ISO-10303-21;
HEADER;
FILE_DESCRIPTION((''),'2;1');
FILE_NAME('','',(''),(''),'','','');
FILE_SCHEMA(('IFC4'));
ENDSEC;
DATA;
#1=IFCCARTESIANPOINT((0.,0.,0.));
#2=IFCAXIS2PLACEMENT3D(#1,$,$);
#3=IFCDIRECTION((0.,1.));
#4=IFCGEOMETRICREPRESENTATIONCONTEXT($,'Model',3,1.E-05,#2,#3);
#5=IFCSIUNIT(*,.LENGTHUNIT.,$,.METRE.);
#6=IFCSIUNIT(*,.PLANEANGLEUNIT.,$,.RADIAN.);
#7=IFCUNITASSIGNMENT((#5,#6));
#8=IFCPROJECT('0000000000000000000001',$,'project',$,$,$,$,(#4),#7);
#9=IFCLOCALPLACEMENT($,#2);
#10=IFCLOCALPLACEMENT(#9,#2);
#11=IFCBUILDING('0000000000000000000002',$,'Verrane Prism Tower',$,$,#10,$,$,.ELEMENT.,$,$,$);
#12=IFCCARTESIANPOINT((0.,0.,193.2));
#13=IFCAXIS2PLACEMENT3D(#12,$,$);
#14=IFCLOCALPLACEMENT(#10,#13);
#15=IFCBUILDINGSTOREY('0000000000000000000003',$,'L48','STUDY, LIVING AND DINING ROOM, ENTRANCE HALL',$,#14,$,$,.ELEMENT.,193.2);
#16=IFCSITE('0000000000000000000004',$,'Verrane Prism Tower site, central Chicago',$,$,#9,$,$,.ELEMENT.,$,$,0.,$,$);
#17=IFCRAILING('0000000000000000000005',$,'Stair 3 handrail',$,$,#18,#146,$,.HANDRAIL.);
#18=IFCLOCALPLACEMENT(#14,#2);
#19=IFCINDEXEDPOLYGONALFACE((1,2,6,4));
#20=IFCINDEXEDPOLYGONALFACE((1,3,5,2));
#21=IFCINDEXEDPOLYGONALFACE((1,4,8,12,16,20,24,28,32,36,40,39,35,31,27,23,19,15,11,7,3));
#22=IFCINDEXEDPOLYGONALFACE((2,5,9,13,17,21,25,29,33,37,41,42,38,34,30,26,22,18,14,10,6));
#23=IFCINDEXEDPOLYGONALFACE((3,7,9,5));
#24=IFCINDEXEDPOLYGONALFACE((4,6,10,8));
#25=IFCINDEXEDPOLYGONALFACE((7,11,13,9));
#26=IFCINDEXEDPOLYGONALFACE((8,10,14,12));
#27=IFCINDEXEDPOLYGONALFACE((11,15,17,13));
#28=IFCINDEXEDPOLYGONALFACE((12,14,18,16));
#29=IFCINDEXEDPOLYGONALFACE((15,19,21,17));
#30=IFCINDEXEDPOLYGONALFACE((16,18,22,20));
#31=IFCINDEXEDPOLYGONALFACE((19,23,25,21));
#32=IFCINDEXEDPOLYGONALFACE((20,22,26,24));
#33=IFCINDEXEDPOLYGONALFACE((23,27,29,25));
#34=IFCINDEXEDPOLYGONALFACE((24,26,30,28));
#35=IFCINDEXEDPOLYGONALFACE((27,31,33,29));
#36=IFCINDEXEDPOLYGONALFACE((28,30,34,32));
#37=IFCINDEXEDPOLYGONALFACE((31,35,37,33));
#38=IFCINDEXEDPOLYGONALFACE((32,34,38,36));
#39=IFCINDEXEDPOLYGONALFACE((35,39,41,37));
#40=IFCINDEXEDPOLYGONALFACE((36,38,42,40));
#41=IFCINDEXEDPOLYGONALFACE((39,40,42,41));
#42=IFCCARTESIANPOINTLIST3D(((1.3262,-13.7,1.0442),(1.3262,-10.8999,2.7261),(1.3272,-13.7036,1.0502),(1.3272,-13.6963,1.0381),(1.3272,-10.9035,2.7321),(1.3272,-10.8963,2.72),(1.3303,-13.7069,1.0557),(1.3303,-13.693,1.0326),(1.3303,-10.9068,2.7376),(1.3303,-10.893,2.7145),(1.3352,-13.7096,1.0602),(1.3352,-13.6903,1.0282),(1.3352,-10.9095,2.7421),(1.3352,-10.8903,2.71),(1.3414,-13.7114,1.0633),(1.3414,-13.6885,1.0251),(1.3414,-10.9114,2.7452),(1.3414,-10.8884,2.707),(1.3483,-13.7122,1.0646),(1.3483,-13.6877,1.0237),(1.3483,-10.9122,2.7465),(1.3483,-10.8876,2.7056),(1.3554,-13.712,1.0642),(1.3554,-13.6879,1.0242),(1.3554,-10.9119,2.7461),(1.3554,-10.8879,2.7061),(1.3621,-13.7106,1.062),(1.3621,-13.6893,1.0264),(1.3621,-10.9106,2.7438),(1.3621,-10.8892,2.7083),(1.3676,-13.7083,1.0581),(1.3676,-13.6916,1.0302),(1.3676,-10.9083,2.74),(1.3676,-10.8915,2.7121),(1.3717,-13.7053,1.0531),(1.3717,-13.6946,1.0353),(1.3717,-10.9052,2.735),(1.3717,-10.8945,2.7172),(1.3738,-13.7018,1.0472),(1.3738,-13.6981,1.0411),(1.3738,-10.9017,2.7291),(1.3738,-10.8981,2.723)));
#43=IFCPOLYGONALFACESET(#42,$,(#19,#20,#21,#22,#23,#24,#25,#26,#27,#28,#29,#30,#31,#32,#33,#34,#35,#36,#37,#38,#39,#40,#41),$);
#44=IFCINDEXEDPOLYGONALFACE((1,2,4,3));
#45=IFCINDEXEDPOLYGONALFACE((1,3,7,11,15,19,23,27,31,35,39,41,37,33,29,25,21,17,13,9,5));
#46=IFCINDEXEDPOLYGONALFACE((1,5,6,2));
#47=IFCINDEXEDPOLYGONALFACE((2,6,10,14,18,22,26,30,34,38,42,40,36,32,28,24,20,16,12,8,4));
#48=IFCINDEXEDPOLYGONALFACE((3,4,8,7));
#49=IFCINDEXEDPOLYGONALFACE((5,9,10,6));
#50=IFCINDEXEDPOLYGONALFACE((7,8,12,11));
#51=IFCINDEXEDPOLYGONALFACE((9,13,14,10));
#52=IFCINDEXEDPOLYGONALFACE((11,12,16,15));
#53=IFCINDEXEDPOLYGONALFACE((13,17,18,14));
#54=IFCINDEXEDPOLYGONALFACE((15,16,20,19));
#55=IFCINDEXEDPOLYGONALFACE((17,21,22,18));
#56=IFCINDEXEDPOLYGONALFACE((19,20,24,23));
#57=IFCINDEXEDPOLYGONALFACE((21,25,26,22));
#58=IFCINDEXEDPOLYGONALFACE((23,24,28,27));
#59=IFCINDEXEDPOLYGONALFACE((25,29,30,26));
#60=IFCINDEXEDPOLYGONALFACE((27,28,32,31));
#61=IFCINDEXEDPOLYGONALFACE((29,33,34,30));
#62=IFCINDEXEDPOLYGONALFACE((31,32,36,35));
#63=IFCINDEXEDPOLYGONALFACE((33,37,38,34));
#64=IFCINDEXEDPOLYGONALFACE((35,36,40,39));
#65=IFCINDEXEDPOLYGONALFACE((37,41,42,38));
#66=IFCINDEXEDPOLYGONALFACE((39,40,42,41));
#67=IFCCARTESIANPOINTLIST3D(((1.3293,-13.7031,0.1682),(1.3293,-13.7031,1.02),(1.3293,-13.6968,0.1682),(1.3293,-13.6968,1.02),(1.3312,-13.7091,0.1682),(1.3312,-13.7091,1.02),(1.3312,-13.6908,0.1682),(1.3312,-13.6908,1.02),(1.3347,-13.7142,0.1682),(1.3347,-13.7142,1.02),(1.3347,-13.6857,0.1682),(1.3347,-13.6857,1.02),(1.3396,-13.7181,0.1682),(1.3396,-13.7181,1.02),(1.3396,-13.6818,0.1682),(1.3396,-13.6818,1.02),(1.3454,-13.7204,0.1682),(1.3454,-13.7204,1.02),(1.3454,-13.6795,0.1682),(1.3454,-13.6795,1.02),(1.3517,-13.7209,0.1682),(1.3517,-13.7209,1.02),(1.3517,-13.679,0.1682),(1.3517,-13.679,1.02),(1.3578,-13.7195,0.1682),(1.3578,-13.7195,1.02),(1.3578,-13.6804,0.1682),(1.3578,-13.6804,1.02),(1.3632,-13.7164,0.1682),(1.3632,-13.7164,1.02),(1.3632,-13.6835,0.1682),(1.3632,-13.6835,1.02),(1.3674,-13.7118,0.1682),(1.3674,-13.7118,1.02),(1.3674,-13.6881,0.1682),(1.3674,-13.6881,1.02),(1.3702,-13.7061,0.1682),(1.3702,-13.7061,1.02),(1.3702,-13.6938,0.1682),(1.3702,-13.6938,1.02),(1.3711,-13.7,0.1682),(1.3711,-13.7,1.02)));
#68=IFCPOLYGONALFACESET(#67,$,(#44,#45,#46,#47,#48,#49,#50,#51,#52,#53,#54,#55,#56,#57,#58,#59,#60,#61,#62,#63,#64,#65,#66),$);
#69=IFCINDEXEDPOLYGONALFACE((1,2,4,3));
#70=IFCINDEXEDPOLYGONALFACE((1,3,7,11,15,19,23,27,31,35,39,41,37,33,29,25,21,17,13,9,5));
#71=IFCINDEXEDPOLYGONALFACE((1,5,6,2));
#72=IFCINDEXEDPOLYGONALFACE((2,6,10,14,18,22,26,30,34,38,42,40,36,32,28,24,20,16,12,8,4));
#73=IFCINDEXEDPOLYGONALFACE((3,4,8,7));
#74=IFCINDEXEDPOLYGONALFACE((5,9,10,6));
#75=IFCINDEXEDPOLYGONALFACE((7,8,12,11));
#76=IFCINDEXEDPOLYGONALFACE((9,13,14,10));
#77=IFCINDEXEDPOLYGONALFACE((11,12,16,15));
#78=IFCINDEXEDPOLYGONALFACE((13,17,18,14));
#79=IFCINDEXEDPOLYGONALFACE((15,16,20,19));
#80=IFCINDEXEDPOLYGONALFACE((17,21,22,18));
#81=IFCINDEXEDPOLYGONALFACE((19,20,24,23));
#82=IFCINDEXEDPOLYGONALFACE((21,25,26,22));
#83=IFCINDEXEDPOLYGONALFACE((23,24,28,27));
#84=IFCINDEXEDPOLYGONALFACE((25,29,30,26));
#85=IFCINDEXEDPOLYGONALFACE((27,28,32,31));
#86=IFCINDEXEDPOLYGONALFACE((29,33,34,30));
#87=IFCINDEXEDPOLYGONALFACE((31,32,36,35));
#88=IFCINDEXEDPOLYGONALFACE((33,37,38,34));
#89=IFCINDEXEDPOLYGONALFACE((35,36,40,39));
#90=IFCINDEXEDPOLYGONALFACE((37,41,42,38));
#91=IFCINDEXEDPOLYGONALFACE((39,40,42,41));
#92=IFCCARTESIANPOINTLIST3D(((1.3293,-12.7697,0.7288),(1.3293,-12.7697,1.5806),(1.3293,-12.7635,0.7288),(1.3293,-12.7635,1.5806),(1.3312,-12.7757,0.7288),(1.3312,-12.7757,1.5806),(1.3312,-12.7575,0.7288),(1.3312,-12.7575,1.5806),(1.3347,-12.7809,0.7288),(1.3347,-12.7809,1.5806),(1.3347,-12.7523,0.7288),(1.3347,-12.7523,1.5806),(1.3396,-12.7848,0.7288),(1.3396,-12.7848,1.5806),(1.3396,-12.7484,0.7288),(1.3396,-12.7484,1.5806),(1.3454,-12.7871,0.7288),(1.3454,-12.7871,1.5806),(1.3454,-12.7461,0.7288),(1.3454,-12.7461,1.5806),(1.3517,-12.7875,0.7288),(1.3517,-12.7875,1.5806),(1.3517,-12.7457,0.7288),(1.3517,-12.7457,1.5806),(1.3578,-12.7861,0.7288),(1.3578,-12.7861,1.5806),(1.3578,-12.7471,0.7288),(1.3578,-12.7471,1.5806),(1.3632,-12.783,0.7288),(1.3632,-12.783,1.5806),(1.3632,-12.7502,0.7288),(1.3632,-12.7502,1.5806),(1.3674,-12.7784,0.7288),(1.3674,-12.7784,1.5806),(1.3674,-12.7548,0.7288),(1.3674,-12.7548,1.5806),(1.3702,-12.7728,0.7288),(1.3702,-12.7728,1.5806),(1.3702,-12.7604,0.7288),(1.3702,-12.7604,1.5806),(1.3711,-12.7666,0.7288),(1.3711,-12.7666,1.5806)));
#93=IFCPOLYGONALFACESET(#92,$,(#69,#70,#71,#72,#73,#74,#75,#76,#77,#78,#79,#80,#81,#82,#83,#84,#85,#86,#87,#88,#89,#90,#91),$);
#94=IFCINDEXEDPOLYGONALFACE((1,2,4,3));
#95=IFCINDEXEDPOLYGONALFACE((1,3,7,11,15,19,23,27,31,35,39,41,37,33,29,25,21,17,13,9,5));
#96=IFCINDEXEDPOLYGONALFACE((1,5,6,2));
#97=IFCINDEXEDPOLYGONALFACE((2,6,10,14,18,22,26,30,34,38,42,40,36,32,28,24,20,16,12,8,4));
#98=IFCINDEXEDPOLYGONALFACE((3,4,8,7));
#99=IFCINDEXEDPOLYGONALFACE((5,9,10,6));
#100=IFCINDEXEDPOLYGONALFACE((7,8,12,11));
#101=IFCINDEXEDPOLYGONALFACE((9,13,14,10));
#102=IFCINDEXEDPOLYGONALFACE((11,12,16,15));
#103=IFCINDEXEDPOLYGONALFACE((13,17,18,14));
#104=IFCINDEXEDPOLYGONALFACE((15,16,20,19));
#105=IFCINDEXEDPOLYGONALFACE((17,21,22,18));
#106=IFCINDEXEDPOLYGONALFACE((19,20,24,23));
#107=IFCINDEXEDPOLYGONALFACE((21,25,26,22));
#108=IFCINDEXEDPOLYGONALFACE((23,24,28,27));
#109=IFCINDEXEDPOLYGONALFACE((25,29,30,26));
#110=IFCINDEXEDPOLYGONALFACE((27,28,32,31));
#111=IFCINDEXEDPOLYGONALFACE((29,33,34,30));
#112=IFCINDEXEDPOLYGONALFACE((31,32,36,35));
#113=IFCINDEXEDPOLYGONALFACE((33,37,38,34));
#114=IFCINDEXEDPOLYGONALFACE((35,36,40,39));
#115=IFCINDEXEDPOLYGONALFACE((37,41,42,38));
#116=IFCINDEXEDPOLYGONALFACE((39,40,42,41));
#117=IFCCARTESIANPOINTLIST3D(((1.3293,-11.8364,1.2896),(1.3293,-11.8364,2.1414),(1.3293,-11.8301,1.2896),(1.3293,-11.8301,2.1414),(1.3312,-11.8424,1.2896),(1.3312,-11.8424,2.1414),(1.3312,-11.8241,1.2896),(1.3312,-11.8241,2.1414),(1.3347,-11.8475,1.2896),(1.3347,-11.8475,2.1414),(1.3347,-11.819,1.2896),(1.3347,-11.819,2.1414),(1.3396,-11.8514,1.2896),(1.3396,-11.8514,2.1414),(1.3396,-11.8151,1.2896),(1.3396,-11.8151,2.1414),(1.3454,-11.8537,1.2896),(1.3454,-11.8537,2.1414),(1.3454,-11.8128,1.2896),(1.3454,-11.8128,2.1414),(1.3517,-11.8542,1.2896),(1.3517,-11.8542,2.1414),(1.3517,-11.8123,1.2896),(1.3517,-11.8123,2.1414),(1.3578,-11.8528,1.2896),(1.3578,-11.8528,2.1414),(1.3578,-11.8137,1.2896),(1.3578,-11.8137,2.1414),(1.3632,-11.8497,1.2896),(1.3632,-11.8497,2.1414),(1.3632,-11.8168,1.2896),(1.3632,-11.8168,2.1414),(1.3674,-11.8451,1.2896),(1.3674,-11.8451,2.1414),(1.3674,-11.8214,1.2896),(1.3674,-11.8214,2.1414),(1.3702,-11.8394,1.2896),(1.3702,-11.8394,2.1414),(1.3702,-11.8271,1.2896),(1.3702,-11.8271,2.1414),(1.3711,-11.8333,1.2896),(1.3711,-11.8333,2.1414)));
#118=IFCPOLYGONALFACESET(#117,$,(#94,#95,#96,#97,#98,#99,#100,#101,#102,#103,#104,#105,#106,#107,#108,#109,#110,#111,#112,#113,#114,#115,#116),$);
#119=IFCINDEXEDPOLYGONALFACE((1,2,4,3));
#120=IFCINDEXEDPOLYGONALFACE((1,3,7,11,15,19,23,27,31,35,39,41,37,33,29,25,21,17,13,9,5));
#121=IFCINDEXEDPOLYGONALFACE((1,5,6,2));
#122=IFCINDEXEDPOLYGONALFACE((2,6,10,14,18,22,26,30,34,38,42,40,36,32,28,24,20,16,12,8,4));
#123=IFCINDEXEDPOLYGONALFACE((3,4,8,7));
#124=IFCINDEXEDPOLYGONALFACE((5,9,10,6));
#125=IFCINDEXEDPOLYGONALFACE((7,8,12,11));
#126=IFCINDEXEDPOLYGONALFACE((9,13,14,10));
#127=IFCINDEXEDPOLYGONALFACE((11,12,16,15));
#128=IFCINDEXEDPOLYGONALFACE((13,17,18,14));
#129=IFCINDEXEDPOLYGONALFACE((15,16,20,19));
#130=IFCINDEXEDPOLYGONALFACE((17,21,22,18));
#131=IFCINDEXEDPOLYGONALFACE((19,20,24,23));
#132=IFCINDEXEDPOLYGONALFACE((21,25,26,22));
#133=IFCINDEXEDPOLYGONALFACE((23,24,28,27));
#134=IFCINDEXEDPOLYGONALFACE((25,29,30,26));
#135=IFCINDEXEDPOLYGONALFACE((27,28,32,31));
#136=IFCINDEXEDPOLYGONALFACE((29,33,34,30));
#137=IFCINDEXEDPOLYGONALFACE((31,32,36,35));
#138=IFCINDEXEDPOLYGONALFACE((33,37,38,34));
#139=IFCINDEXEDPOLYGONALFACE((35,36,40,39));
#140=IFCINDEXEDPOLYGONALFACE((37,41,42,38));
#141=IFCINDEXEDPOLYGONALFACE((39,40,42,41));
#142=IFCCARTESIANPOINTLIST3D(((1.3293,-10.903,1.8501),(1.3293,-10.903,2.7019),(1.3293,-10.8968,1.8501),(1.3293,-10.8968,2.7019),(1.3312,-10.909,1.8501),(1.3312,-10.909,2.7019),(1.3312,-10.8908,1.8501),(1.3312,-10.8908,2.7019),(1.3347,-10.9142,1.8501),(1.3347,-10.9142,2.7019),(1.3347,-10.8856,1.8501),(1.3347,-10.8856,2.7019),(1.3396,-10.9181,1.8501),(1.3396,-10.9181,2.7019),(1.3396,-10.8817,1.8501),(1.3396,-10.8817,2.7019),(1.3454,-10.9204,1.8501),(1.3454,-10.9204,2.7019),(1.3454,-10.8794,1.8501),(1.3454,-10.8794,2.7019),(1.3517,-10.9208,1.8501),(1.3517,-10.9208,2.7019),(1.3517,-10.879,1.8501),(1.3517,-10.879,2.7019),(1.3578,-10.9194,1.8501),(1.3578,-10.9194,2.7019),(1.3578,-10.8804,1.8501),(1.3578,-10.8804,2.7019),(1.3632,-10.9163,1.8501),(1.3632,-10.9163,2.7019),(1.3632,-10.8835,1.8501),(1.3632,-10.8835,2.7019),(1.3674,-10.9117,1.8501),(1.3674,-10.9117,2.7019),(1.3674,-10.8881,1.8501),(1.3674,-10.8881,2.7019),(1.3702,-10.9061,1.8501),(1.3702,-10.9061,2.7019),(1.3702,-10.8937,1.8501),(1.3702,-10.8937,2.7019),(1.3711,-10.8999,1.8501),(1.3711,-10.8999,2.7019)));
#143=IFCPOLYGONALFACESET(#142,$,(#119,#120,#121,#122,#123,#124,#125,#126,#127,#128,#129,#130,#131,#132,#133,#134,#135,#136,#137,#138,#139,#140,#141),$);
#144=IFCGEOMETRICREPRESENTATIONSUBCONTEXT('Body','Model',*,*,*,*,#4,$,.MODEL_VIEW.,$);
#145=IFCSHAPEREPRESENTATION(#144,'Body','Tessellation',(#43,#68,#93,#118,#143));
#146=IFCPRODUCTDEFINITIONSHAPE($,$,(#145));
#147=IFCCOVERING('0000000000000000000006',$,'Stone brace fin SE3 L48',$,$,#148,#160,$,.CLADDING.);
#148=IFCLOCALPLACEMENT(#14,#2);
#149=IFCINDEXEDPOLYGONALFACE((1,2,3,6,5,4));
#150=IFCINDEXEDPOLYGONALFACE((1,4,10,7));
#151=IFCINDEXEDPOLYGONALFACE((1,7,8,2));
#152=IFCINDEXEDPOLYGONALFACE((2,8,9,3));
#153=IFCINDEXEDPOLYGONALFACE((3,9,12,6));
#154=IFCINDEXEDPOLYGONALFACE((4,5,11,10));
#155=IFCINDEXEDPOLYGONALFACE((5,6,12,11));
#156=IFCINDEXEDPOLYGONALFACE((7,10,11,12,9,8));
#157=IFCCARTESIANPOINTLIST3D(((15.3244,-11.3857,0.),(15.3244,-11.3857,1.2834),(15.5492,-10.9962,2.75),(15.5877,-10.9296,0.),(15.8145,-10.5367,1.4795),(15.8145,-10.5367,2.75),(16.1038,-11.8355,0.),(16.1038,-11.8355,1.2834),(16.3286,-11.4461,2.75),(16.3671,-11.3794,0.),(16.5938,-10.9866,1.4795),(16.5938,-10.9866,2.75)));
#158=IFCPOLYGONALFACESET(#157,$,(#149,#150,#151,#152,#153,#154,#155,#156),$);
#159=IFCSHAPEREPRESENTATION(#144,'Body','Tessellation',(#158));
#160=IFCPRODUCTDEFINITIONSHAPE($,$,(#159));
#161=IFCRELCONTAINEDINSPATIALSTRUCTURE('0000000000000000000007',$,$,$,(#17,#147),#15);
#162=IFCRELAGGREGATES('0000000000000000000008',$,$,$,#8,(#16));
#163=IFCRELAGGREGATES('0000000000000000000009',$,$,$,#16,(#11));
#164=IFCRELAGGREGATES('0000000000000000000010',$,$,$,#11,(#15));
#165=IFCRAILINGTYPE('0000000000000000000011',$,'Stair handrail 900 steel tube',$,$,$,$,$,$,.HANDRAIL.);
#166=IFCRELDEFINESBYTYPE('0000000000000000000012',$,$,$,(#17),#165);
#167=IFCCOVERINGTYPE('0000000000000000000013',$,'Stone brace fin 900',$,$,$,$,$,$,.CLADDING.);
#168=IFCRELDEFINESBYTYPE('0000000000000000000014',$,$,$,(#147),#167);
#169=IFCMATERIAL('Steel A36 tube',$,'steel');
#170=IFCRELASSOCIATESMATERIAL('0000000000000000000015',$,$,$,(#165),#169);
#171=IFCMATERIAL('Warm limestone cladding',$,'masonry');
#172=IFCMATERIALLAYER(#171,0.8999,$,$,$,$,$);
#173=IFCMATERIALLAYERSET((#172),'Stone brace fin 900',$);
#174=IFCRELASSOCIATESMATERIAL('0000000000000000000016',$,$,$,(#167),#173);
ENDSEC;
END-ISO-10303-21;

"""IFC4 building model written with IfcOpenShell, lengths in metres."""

from ifc_helpers import new_model, si_unit, direction, frame, origin, origin_2d, place, context, subcontext, project, spatial, polyline, circle, outline, extrude, material, layer, layer_set, type_object, element, save


model = new_model("IFC4")

# Units and contexts
model_context = context("Model", 3, precision=1e-05, world=origin(), true_north=direction((0.0, 1.0)))
body_context = subcontext(model_context, "Body", "Model", "MODEL_VIEW")
ifc_project = project(units=[si_unit("LENGTHUNIT", "METRE"), si_unit("PLANEANGLEUNIT", "RADIAN")], contexts=[model_context])

# Site, building, storey
site_placement = place(None, origin())
site = spatial("IfcSite", under=ifc_project, at=site_placement, Name="Verrane Prism Tower site, central Chicago", CompositionType="ELEMENT", RefElevation=0.0)
building_placement = place(site_placement, origin())
building = spatial("IfcBuilding", under=site, at=building_placement, Name="Verrane Prism Tower", CompositionType="ELEMENT")
storey_placement = place(building_placement, frame((0.0, 0.0, 193.2)))
storey = spatial("IfcBuildingStorey", under=building, at=storey_placement, Name="L48", Description="STUDY, LIVING AND DINING ROOM, ENTRANCE HALL", CompositionType="ELEMENT", Elevation=193.2)

# Railing
ifc_material_1 = material(Name="Steel A36 tube", Category="steel")
railing_type_1 = type_object("IfcRailingType", Name="Stair handrail 900 steel tube", PredefinedType="HANDRAIL", material=ifc_material_1)
railing_1_placement = place(storey_placement, frame((1.3501, -13.7, 0.1682)))
element("IfcRailing", 1, at=railing_1_placement, inside=storey, type_object=railing_type_1, Name="Stair 3 handrail", PredefinedType="HANDRAIL", context=body_context, shape_type="SweptSolid", body=[
    extrude(circle(Radius=0.0239, at=origin_2d()), frame((0.0, 0.0, 0.876), z_axis=(0.0, 0.857242, 0.514913), x_axis=(-1.0, 0.0, 0.0)), (0.0, 0.0, 1.0), 3.2664),
    extrude(circle(Radius=0.021, at=origin_2d()), origin(), (0.0, 0.0, 1.0), 0.8518),
    extrude(circle(Radius=0.021, at=origin_2d()), frame((0.0, 0.9333, 0.5605)), (0.0, 0.0, 1.0), 0.8518),
    extrude(circle(Radius=0.021, at=origin_2d()), frame((0.0, 1.8667, 1.1213)), (0.0, 0.0, 1.0), 0.8518),
    extrude(circle(Radius=0.021, at=origin_2d()), frame((0.0, 2.8, 1.6819)), (0.0, 0.0, 1.0), 0.8518),
])

# Covering
ifc_material_2 = material(Name="Warm limestone cladding", Category="masonry")
ifc_layer_1 = layer(ifc_material_2, 0.8999)
ifc_layer_set_1 = layer_set([ifc_layer_1], Name="Stone brace fin 900")
covering_type = type_object("IfcCoveringType", Name="Stone brace fin 900", PredefinedType="CLADDING", material=ifc_layer_set_1)
covering_placement = place(storey_placement, frame((15.7141, -11.6106, 0.0), z_axis=(0.0, 0.0, 1.0), x_axis=(0.499917, 0.866074, 0.0)))
element("IfcCovering", 2, at=covering_placement, inside=storey, type_object=covering_type, Name="Stone brace fin SE3 L48", PredefinedType="CLADDING", context=body_context, shape_type="SweptSolid", body=[
    extrude(outline(polyline([(0.9802, 2.75), (0.4497, 2.75), (0.0, 1.2834), (0.0, 0.0), (0.5266, 0.0), (0.9802, 1.4795), (0.9802, 2.75)])), frame((0.0, 0.45, 0.0), z_axis=(0.0, -1.0, 0.0), x_axis=(1.0, 0.0, 0.0)), (0.0, 0.0, 1.0), 0.8999),
])

save(model, "model.ifc")
